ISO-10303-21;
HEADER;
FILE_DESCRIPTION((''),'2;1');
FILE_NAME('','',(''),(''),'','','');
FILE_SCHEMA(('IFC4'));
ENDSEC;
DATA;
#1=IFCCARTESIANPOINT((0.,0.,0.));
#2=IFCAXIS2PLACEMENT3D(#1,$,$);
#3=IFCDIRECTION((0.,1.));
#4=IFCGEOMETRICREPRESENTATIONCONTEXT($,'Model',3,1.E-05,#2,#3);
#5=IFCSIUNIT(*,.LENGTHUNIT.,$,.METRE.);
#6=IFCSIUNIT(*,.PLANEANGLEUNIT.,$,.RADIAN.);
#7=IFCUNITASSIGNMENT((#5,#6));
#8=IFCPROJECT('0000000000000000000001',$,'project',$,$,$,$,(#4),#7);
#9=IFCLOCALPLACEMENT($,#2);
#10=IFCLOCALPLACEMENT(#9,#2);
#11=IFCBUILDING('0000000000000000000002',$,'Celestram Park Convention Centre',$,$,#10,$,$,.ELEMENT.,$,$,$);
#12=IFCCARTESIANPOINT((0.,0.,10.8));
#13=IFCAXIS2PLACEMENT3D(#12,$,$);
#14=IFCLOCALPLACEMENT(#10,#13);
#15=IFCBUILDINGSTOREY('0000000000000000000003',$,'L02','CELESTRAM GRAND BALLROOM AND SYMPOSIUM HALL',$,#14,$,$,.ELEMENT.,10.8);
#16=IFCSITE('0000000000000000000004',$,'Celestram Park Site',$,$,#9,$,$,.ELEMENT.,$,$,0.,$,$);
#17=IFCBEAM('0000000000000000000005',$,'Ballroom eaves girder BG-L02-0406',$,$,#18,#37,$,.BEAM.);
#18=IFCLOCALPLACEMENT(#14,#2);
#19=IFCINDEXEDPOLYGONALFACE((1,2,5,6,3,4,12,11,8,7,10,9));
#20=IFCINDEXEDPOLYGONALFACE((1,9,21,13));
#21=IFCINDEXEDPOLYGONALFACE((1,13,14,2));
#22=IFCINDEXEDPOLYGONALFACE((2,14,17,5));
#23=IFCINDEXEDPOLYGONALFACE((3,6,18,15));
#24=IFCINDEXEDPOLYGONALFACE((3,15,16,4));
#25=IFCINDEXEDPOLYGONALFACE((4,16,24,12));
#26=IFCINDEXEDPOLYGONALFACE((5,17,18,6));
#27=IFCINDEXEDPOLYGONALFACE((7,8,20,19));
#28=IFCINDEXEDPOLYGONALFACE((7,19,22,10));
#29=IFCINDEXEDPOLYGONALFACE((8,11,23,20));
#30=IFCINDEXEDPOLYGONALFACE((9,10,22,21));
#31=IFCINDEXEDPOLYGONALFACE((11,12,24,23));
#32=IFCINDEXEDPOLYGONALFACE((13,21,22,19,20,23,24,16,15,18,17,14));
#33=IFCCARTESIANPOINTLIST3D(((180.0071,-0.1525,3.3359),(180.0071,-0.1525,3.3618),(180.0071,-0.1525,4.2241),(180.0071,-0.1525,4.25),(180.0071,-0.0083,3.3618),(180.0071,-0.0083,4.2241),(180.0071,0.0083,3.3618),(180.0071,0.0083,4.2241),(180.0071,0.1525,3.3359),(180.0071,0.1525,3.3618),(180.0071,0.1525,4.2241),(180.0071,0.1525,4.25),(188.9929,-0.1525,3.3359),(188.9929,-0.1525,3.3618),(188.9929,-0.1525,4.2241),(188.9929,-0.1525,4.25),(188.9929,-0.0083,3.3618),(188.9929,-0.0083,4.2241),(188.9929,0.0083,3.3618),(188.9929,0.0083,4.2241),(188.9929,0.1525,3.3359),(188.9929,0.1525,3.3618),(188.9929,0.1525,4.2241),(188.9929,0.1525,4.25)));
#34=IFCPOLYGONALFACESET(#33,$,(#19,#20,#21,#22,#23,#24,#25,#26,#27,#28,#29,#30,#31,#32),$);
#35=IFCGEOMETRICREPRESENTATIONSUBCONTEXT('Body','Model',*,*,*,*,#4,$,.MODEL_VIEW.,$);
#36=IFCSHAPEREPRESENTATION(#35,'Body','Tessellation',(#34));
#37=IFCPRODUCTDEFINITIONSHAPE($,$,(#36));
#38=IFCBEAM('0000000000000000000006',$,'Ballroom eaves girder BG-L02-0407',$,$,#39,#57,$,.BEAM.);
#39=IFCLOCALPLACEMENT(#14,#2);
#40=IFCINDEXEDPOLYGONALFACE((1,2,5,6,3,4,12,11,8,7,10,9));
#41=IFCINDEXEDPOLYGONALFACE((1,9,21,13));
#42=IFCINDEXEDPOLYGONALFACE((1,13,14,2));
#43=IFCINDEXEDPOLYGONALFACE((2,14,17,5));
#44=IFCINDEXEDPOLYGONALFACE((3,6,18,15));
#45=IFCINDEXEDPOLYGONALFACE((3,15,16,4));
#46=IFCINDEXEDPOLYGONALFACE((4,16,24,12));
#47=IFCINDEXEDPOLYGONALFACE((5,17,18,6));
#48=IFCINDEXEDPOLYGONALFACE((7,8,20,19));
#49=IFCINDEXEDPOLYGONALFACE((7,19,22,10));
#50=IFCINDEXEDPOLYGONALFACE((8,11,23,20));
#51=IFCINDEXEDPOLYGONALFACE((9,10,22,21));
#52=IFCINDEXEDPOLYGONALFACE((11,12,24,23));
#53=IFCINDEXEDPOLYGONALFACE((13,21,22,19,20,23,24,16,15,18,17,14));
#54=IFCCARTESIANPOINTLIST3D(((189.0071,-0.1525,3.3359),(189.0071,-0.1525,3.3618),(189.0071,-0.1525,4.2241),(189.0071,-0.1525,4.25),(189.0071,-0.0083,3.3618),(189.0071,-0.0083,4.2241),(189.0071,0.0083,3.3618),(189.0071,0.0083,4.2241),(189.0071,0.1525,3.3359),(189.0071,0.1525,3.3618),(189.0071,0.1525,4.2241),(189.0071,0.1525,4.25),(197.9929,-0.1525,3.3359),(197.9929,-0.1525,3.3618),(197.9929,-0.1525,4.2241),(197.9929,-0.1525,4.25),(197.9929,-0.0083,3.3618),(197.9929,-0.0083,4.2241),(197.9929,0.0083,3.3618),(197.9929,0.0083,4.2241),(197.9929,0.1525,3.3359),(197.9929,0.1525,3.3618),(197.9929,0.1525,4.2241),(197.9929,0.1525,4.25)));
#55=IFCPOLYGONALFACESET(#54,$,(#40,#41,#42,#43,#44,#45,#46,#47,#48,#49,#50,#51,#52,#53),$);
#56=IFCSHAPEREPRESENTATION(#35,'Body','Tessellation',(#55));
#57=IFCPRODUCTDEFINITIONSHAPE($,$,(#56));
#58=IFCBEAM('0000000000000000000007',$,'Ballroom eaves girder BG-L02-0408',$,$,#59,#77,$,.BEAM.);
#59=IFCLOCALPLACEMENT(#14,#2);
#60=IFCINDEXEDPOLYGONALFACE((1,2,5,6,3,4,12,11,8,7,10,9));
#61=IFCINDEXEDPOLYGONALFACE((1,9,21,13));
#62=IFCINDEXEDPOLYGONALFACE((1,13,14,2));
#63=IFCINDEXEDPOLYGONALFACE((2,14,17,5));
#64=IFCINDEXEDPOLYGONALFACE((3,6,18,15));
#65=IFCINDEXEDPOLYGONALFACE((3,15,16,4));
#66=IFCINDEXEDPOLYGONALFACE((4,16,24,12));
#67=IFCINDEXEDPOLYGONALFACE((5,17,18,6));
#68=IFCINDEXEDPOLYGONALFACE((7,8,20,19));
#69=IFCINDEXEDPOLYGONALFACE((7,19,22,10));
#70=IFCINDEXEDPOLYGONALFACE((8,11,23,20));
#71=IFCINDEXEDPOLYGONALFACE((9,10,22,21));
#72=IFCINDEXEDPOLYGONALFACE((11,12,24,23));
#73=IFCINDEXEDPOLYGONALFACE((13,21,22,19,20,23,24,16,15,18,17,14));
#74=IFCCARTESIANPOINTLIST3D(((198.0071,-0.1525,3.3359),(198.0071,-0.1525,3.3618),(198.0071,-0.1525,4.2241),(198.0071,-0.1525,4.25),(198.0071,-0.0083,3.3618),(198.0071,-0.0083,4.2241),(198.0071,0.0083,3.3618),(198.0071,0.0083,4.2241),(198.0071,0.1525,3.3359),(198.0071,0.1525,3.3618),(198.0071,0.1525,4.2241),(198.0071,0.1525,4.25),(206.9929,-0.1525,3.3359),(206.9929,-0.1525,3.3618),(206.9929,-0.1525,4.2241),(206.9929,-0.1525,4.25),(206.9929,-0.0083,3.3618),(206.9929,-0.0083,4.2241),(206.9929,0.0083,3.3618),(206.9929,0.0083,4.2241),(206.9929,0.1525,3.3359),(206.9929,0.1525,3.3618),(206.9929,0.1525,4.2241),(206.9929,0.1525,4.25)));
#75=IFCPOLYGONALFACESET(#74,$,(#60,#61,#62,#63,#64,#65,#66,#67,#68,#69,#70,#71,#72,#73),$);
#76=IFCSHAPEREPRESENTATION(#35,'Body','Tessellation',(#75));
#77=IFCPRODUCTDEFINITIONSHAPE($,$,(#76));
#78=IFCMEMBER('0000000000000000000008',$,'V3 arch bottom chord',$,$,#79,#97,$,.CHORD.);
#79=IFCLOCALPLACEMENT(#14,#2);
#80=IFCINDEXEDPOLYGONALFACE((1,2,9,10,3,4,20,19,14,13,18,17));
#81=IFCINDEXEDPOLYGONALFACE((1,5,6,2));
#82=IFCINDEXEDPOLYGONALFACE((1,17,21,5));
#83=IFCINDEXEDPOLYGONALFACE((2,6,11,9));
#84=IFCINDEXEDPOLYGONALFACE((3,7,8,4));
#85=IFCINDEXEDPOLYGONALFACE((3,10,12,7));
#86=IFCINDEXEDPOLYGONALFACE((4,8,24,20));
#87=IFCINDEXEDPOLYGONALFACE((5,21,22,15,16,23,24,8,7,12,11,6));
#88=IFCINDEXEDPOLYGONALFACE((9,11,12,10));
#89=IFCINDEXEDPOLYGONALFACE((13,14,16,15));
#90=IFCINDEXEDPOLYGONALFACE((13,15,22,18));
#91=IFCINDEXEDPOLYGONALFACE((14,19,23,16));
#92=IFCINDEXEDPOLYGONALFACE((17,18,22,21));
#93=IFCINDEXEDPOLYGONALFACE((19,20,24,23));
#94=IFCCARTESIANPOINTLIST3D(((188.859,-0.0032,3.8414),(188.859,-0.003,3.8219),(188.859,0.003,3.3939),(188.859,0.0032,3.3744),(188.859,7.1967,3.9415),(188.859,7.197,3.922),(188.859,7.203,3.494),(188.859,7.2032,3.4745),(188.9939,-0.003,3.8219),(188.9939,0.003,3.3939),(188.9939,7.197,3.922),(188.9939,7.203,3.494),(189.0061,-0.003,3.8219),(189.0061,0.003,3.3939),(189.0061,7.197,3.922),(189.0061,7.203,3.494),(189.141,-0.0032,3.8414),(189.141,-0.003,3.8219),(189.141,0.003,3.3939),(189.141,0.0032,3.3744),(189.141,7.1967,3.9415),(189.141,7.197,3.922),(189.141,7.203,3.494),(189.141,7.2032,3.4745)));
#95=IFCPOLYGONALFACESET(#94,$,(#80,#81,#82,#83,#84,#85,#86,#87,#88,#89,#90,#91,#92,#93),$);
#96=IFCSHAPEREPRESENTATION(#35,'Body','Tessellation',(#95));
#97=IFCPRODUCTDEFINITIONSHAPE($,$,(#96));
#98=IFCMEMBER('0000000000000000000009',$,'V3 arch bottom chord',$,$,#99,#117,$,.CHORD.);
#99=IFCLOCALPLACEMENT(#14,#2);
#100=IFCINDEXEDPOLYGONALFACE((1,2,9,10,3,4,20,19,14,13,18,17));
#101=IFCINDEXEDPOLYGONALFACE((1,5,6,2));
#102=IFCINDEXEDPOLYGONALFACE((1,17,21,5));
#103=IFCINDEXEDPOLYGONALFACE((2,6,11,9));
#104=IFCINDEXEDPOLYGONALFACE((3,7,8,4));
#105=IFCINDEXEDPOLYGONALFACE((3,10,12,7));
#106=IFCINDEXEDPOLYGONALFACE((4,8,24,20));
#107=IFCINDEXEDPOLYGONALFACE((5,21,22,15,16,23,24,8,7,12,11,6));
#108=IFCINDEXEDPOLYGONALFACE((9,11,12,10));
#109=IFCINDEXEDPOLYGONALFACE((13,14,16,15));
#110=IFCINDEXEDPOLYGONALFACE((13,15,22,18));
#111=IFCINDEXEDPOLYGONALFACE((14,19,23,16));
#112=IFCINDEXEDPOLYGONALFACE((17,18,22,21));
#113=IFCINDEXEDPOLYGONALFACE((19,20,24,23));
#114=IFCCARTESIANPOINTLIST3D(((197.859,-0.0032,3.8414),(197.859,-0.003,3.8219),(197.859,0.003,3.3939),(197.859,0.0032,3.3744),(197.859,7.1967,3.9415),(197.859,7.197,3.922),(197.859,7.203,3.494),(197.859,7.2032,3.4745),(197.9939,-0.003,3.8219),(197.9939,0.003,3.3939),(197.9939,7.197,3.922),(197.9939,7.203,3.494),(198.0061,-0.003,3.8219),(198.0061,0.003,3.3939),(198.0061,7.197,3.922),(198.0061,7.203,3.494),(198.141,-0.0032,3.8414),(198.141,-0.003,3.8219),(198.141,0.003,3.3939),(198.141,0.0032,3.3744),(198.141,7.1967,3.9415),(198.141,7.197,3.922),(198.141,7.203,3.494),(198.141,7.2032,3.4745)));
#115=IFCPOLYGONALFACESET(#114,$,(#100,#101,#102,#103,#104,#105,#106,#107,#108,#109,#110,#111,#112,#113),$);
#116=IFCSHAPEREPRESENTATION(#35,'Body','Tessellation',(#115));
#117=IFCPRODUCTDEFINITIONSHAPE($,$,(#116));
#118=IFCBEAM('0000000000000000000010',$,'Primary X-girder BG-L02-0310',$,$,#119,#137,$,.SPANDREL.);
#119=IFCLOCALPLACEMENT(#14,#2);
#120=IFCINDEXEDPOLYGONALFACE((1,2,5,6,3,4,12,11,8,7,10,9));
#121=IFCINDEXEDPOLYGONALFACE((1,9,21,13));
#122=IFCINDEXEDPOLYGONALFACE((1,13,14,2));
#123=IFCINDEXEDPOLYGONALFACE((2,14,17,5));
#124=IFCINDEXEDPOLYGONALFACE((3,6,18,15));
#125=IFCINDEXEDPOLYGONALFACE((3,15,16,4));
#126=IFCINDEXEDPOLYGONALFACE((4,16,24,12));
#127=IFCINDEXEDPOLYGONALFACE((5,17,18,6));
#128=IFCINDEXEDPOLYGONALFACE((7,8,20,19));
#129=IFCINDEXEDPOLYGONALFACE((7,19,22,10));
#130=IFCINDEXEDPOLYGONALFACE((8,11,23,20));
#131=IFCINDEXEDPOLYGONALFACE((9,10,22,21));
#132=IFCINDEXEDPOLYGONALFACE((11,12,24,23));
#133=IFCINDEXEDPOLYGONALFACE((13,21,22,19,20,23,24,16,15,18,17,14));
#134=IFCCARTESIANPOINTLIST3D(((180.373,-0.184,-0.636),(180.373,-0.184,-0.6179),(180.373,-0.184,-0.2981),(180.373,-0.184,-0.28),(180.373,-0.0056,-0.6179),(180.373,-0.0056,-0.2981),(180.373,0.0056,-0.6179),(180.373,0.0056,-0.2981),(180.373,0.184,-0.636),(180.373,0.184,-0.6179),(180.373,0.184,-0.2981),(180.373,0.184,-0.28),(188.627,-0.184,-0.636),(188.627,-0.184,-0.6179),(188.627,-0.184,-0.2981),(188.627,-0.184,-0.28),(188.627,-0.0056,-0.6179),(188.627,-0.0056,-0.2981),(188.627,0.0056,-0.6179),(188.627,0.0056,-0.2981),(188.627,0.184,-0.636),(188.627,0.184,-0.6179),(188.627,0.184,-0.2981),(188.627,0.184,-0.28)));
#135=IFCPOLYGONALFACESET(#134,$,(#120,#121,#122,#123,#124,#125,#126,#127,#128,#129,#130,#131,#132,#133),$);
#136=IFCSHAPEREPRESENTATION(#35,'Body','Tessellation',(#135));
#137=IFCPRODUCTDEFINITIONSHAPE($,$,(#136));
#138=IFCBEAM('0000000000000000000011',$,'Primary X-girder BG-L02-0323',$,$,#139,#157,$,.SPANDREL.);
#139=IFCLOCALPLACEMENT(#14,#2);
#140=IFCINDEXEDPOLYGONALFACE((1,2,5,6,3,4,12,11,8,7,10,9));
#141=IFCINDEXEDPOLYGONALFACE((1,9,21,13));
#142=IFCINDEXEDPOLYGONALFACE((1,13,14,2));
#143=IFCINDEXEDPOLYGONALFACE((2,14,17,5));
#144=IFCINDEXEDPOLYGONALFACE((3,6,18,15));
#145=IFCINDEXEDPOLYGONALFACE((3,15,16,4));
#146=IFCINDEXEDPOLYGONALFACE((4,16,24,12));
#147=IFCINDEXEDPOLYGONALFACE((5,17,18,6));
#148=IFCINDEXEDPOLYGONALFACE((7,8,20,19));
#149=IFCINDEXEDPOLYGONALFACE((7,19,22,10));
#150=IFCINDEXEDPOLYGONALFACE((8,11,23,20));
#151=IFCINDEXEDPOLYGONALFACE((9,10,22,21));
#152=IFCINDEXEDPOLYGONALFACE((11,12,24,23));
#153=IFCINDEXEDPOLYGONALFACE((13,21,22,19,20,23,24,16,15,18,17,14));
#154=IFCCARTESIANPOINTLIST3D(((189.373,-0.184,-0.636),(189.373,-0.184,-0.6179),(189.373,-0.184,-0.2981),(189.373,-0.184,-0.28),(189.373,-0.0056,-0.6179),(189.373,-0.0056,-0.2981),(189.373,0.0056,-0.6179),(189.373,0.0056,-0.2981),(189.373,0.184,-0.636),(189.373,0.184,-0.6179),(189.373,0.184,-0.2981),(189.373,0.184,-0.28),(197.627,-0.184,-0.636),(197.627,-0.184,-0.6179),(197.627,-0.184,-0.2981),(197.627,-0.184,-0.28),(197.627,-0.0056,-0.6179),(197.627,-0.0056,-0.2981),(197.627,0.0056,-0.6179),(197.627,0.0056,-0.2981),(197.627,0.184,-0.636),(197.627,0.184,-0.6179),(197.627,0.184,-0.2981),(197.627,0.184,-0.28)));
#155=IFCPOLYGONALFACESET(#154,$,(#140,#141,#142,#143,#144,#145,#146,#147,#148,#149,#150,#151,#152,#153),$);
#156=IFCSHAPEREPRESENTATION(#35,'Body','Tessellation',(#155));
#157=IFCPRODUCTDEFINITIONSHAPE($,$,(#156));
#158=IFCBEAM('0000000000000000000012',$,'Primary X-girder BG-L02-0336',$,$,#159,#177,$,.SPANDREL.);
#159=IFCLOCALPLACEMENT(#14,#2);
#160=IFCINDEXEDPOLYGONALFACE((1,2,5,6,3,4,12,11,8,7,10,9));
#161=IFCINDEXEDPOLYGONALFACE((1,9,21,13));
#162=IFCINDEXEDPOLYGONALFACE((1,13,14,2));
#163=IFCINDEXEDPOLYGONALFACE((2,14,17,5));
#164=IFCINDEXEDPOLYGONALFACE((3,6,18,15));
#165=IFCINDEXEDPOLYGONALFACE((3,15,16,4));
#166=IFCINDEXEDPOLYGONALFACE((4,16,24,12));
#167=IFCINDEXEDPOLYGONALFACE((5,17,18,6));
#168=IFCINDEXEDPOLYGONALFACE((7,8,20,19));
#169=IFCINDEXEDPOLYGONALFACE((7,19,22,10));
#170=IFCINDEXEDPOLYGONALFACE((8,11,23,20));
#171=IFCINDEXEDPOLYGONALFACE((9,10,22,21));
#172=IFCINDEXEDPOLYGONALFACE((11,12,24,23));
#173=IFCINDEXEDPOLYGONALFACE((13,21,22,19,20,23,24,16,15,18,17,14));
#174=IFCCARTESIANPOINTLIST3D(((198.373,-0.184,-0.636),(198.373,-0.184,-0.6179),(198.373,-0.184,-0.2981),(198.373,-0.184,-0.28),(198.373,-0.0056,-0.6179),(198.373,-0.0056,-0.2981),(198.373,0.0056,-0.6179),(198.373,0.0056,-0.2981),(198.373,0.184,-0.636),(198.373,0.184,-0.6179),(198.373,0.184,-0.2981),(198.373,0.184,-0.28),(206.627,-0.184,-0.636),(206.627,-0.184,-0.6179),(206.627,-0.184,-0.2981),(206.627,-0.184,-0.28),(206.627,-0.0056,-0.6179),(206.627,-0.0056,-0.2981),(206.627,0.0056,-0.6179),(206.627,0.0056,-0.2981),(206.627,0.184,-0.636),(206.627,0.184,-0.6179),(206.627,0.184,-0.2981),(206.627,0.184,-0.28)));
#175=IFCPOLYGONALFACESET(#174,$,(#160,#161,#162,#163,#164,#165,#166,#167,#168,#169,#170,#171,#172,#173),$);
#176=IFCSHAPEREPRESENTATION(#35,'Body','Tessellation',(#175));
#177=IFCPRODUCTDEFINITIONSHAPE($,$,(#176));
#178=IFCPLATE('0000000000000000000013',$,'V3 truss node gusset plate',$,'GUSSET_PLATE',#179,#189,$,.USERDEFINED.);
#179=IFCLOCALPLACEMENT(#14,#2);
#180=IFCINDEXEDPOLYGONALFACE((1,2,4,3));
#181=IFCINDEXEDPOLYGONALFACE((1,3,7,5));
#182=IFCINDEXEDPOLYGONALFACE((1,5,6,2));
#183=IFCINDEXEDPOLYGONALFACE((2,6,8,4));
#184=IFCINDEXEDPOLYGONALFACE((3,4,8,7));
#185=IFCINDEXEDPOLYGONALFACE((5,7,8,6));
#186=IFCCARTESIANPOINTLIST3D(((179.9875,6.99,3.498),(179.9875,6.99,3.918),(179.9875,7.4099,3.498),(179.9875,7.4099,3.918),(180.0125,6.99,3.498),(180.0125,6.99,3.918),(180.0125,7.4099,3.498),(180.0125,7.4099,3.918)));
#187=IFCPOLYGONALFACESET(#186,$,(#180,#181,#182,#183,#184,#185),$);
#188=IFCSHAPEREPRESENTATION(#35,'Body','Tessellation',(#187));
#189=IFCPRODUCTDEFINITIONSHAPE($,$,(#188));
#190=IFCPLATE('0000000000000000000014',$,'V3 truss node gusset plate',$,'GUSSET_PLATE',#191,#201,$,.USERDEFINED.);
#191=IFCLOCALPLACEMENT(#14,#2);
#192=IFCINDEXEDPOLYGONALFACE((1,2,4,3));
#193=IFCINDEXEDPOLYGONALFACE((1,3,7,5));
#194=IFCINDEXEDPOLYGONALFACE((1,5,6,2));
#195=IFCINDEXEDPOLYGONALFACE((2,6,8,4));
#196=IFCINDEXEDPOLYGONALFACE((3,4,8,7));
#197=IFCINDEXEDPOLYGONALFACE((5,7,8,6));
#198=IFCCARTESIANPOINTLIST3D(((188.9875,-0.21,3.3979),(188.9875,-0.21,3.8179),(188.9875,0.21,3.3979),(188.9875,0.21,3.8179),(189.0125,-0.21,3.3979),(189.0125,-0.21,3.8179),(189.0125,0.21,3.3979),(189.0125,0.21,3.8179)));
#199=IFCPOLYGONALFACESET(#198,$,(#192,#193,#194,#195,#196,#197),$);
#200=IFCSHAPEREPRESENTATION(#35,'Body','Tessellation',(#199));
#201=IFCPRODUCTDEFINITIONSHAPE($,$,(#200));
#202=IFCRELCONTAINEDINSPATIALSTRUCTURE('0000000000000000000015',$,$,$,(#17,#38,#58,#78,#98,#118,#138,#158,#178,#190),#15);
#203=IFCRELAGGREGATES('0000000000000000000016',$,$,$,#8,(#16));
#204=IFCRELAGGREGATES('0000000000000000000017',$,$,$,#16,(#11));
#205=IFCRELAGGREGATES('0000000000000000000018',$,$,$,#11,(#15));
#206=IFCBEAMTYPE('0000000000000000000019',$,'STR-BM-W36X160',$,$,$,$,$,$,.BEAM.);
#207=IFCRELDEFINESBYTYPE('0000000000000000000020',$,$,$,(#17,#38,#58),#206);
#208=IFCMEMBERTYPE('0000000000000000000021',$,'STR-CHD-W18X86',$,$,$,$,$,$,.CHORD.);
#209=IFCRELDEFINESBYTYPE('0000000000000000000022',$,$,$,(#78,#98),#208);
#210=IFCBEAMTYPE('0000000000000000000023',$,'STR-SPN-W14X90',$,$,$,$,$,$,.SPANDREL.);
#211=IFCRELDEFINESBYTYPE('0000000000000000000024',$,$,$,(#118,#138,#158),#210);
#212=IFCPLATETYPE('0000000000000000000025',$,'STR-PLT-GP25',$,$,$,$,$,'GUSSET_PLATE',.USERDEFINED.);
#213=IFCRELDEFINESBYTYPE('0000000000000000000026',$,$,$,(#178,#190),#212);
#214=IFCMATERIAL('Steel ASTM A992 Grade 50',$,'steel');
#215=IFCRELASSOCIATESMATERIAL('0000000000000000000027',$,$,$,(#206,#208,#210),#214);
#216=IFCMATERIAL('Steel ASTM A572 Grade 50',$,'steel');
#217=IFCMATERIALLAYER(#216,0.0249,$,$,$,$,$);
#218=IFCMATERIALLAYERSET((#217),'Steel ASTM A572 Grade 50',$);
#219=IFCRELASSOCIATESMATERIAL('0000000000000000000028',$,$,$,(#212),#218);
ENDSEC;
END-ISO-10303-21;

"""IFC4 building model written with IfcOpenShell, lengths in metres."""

from ifc_helpers import new_model, si_unit, direction, frame, origin, origin_2d, place, context, subcontext, project, spatial, rectangle, i_section, extrude, material, layer, layer_set, material_profile, profile_set, type_object, element, save


model = new_model("IFC4")

# Units and contexts
model_context = context("Model", 3, precision=1e-05, world=origin(), true_north=direction((0.0, 1.0)))
body_context = subcontext(model_context, "Body", "Model", "MODEL_VIEW")
ifc_project = project(units=[si_unit("LENGTHUNIT", "METRE"), si_unit("PLANEANGLEUNIT", "RADIAN")], contexts=[model_context])

# Site, building, storey
site_placement = place(None, origin())
site = spatial("IfcSite", under=ifc_project, at=site_placement, Name="Celestram Park Site", CompositionType="ELEMENT", RefElevation=0.0)
building_placement = place(site_placement, origin())
building = spatial("IfcBuilding", under=site, at=building_placement, Name="Celestram Park Convention Centre", CompositionType="ELEMENT")
storey_placement = place(building_placement, frame((0.0, 0.0, 10.8)))
storey = spatial("IfcBuildingStorey", under=building, at=storey_placement, Name="L02", Description="CELESTRAM GRAND BALLROOM AND SYMPOSIUM HALL", CompositionType="ELEMENT", Elevation=10.8)

# Shared definitions
ifc_material_1 = material(Name="Steel ASTM A992 Grade 50", Category="steel")

# Beams
ifc_material_profile_1 = material_profile(ifc_material_1, i_section(OverallWidth=0.3049, OverallDepth=0.9141, WebThickness=0.0166, FlangeThickness=0.0259, at=origin_2d()), Name="W36X160")
ifc_profile_set_1 = profile_set([ifc_material_profile_1], Name="Steel ASTM A992 Grade 50")
beam_type_1 = type_object("IfcBeamType", Name="STR-BM-W36X160", PredefinedType="BEAM", material=ifc_profile_set_1)
for number, where, z_axis, x_axis, name in (
    (1, (180.0071, 0.0, 3.793), (1.0, 0.0, 0.0), (0.0, 1.0, 0.0), "Ballroom eaves girder BG-L02-0406"),
    (2, (189.0071, 0.0, 3.793), (1.0, 0.0, 0.0), (0.0, 1.0, 0.0), "Ballroom eaves girder BG-L02-0407"),
    (3, (198.0071, 0.0, 3.793), (1.0, 0.0, 0.0), (0.0, 1.0, 0.0), "Ballroom eaves girder BG-L02-0408"),
):
    element("IfcBeam", number, at=place(storey_placement, frame(where, z_axis=z_axis, x_axis=x_axis)), inside=storey, type_object=beam_type_1, Name=name, PredefinedType="BEAM", context=body_context, shape_type="SweptSolid", body=[
        extrude(i_section(OverallWidth=0.3049, OverallDepth=0.9141, WebThickness=0.0166, FlangeThickness=0.0259, at=origin_2d()), origin(), (0.0, 0.0, 1.0), 8.9858),
    ])

# Members
ifc_material_profile_2 = material_profile(ifc_material_1, i_section(OverallWidth=0.282, OverallDepth=0.467, WebThickness=0.0122, FlangeThickness=0.0195, at=origin_2d()), Name="W18X86")
ifc_profile_set_2 = profile_set([ifc_material_profile_2], Name="Steel ASTM A992 Grade 50")
member_type = type_object("IfcMemberType", Name="STR-CHD-W18X86", PredefinedType="CHORD", material=ifc_profile_set_2)
for number, where, z_axis, x_axis, name in (
    (4, (189.0, 0.0, 3.6079), (0.0, 0.999903, 0.013901), (-1.0, 0.0, 0.0), "V3 arch bottom chord"),
    (5, (198.0, 0.0, 3.6079), (0.0, 0.999903, 0.013901), (-1.0, 0.0, 0.0), "V3 arch bottom chord"),
):
    element("IfcMember", number, at=place(storey_placement, frame(where, z_axis=z_axis, x_axis=x_axis)), inside=storey, type_object=member_type, Name=name, PredefinedType="CHORD", context=body_context, shape_type="SweptSolid", body=[
        extrude(i_section(OverallWidth=0.282, OverallDepth=0.467, WebThickness=0.0122, FlangeThickness=0.0195, at=origin_2d()), origin(), (0.0, 0.0, 1.0), 7.2007),
    ])

# Beams
ifc_material_profile_3 = material_profile(ifc_material_1, i_section(OverallWidth=0.3679, OverallDepth=0.356, WebThickness=0.0112, FlangeThickness=0.0181, at=origin_2d()), Name="W14X90")
ifc_profile_set_3 = profile_set([ifc_material_profile_3], Name="Steel ASTM A992 Grade 50")
beam_type_2 = type_object("IfcBeamType", Name="STR-SPN-W14X90", PredefinedType="SPANDREL", material=ifc_profile_set_3)
for number, where, z_axis, x_axis, name in (
    (6, (180.373, 0.0, -0.458), (1.0, 0.0, 0.0), (0.0, 1.0, 0.0), "Primary X-girder BG-L02-0310"),
    (7, (189.373, 0.0, -0.458), (1.0, 0.0, 0.0), (0.0, 1.0, 0.0), "Primary X-girder BG-L02-0323"),
    (8, (198.373, 0.0, -0.458), (1.0, 0.0, 0.0), (0.0, 1.0, 0.0), "Primary X-girder BG-L02-0336"),
):
    element("IfcBeam", number, at=place(storey_placement, frame(where, z_axis=z_axis, x_axis=x_axis)), inside=storey, type_object=beam_type_2, Name=name, PredefinedType="SPANDREL", context=body_context, shape_type="SweptSolid", body=[
        extrude(i_section(OverallWidth=0.3679, OverallDepth=0.356, WebThickness=0.0112, FlangeThickness=0.0181, at=origin_2d()), origin(), (0.0, 0.0, 1.0), 8.2539),
    ])

# Plates
ifc_material_2 = material(Name="Steel ASTM A572 Grade 50", Category="steel")
ifc_layer_1 = layer(ifc_material_2, 0.0249)
ifc_layer_set_1 = layer_set([ifc_layer_1], Name="Steel ASTM A572 Grade 50")
plate_type = type_object("IfcPlateType", Name="STR-PLT-GP25", ElementType="GUSSET_PLATE", PredefinedType="USERDEFINED", material=ifc_layer_set_1)
for number, where, z_axis, x_axis, name in (
    (9, (180.0, 7.2, 3.498), (0.0, 0.0, 1.0), (0.0, 1.0, 0.0), "V3 truss node gusset plate"),
    (10, (189.0, 0.0, 3.3979), (0.0, 0.0, 1.0), (0.0, 1.0, 0.0), "V3 truss node gusset plate"),
):
    element("IfcPlate", number, at=place(storey_placement, frame(where, z_axis=z_axis, x_axis=x_axis)), inside=storey, type_object=plate_type, Name=name, ObjectType="GUSSET_PLATE", PredefinedType="USERDEFINED", context=body_context, shape_type="SweptSolid", body=[
        extrude(rectangle(XDim=0.4199, YDim=0.0249, at=origin_2d()), origin(), (0.0, 0.0, 1.0), 0.4199),
    ])

save(model, "model.ifc")
